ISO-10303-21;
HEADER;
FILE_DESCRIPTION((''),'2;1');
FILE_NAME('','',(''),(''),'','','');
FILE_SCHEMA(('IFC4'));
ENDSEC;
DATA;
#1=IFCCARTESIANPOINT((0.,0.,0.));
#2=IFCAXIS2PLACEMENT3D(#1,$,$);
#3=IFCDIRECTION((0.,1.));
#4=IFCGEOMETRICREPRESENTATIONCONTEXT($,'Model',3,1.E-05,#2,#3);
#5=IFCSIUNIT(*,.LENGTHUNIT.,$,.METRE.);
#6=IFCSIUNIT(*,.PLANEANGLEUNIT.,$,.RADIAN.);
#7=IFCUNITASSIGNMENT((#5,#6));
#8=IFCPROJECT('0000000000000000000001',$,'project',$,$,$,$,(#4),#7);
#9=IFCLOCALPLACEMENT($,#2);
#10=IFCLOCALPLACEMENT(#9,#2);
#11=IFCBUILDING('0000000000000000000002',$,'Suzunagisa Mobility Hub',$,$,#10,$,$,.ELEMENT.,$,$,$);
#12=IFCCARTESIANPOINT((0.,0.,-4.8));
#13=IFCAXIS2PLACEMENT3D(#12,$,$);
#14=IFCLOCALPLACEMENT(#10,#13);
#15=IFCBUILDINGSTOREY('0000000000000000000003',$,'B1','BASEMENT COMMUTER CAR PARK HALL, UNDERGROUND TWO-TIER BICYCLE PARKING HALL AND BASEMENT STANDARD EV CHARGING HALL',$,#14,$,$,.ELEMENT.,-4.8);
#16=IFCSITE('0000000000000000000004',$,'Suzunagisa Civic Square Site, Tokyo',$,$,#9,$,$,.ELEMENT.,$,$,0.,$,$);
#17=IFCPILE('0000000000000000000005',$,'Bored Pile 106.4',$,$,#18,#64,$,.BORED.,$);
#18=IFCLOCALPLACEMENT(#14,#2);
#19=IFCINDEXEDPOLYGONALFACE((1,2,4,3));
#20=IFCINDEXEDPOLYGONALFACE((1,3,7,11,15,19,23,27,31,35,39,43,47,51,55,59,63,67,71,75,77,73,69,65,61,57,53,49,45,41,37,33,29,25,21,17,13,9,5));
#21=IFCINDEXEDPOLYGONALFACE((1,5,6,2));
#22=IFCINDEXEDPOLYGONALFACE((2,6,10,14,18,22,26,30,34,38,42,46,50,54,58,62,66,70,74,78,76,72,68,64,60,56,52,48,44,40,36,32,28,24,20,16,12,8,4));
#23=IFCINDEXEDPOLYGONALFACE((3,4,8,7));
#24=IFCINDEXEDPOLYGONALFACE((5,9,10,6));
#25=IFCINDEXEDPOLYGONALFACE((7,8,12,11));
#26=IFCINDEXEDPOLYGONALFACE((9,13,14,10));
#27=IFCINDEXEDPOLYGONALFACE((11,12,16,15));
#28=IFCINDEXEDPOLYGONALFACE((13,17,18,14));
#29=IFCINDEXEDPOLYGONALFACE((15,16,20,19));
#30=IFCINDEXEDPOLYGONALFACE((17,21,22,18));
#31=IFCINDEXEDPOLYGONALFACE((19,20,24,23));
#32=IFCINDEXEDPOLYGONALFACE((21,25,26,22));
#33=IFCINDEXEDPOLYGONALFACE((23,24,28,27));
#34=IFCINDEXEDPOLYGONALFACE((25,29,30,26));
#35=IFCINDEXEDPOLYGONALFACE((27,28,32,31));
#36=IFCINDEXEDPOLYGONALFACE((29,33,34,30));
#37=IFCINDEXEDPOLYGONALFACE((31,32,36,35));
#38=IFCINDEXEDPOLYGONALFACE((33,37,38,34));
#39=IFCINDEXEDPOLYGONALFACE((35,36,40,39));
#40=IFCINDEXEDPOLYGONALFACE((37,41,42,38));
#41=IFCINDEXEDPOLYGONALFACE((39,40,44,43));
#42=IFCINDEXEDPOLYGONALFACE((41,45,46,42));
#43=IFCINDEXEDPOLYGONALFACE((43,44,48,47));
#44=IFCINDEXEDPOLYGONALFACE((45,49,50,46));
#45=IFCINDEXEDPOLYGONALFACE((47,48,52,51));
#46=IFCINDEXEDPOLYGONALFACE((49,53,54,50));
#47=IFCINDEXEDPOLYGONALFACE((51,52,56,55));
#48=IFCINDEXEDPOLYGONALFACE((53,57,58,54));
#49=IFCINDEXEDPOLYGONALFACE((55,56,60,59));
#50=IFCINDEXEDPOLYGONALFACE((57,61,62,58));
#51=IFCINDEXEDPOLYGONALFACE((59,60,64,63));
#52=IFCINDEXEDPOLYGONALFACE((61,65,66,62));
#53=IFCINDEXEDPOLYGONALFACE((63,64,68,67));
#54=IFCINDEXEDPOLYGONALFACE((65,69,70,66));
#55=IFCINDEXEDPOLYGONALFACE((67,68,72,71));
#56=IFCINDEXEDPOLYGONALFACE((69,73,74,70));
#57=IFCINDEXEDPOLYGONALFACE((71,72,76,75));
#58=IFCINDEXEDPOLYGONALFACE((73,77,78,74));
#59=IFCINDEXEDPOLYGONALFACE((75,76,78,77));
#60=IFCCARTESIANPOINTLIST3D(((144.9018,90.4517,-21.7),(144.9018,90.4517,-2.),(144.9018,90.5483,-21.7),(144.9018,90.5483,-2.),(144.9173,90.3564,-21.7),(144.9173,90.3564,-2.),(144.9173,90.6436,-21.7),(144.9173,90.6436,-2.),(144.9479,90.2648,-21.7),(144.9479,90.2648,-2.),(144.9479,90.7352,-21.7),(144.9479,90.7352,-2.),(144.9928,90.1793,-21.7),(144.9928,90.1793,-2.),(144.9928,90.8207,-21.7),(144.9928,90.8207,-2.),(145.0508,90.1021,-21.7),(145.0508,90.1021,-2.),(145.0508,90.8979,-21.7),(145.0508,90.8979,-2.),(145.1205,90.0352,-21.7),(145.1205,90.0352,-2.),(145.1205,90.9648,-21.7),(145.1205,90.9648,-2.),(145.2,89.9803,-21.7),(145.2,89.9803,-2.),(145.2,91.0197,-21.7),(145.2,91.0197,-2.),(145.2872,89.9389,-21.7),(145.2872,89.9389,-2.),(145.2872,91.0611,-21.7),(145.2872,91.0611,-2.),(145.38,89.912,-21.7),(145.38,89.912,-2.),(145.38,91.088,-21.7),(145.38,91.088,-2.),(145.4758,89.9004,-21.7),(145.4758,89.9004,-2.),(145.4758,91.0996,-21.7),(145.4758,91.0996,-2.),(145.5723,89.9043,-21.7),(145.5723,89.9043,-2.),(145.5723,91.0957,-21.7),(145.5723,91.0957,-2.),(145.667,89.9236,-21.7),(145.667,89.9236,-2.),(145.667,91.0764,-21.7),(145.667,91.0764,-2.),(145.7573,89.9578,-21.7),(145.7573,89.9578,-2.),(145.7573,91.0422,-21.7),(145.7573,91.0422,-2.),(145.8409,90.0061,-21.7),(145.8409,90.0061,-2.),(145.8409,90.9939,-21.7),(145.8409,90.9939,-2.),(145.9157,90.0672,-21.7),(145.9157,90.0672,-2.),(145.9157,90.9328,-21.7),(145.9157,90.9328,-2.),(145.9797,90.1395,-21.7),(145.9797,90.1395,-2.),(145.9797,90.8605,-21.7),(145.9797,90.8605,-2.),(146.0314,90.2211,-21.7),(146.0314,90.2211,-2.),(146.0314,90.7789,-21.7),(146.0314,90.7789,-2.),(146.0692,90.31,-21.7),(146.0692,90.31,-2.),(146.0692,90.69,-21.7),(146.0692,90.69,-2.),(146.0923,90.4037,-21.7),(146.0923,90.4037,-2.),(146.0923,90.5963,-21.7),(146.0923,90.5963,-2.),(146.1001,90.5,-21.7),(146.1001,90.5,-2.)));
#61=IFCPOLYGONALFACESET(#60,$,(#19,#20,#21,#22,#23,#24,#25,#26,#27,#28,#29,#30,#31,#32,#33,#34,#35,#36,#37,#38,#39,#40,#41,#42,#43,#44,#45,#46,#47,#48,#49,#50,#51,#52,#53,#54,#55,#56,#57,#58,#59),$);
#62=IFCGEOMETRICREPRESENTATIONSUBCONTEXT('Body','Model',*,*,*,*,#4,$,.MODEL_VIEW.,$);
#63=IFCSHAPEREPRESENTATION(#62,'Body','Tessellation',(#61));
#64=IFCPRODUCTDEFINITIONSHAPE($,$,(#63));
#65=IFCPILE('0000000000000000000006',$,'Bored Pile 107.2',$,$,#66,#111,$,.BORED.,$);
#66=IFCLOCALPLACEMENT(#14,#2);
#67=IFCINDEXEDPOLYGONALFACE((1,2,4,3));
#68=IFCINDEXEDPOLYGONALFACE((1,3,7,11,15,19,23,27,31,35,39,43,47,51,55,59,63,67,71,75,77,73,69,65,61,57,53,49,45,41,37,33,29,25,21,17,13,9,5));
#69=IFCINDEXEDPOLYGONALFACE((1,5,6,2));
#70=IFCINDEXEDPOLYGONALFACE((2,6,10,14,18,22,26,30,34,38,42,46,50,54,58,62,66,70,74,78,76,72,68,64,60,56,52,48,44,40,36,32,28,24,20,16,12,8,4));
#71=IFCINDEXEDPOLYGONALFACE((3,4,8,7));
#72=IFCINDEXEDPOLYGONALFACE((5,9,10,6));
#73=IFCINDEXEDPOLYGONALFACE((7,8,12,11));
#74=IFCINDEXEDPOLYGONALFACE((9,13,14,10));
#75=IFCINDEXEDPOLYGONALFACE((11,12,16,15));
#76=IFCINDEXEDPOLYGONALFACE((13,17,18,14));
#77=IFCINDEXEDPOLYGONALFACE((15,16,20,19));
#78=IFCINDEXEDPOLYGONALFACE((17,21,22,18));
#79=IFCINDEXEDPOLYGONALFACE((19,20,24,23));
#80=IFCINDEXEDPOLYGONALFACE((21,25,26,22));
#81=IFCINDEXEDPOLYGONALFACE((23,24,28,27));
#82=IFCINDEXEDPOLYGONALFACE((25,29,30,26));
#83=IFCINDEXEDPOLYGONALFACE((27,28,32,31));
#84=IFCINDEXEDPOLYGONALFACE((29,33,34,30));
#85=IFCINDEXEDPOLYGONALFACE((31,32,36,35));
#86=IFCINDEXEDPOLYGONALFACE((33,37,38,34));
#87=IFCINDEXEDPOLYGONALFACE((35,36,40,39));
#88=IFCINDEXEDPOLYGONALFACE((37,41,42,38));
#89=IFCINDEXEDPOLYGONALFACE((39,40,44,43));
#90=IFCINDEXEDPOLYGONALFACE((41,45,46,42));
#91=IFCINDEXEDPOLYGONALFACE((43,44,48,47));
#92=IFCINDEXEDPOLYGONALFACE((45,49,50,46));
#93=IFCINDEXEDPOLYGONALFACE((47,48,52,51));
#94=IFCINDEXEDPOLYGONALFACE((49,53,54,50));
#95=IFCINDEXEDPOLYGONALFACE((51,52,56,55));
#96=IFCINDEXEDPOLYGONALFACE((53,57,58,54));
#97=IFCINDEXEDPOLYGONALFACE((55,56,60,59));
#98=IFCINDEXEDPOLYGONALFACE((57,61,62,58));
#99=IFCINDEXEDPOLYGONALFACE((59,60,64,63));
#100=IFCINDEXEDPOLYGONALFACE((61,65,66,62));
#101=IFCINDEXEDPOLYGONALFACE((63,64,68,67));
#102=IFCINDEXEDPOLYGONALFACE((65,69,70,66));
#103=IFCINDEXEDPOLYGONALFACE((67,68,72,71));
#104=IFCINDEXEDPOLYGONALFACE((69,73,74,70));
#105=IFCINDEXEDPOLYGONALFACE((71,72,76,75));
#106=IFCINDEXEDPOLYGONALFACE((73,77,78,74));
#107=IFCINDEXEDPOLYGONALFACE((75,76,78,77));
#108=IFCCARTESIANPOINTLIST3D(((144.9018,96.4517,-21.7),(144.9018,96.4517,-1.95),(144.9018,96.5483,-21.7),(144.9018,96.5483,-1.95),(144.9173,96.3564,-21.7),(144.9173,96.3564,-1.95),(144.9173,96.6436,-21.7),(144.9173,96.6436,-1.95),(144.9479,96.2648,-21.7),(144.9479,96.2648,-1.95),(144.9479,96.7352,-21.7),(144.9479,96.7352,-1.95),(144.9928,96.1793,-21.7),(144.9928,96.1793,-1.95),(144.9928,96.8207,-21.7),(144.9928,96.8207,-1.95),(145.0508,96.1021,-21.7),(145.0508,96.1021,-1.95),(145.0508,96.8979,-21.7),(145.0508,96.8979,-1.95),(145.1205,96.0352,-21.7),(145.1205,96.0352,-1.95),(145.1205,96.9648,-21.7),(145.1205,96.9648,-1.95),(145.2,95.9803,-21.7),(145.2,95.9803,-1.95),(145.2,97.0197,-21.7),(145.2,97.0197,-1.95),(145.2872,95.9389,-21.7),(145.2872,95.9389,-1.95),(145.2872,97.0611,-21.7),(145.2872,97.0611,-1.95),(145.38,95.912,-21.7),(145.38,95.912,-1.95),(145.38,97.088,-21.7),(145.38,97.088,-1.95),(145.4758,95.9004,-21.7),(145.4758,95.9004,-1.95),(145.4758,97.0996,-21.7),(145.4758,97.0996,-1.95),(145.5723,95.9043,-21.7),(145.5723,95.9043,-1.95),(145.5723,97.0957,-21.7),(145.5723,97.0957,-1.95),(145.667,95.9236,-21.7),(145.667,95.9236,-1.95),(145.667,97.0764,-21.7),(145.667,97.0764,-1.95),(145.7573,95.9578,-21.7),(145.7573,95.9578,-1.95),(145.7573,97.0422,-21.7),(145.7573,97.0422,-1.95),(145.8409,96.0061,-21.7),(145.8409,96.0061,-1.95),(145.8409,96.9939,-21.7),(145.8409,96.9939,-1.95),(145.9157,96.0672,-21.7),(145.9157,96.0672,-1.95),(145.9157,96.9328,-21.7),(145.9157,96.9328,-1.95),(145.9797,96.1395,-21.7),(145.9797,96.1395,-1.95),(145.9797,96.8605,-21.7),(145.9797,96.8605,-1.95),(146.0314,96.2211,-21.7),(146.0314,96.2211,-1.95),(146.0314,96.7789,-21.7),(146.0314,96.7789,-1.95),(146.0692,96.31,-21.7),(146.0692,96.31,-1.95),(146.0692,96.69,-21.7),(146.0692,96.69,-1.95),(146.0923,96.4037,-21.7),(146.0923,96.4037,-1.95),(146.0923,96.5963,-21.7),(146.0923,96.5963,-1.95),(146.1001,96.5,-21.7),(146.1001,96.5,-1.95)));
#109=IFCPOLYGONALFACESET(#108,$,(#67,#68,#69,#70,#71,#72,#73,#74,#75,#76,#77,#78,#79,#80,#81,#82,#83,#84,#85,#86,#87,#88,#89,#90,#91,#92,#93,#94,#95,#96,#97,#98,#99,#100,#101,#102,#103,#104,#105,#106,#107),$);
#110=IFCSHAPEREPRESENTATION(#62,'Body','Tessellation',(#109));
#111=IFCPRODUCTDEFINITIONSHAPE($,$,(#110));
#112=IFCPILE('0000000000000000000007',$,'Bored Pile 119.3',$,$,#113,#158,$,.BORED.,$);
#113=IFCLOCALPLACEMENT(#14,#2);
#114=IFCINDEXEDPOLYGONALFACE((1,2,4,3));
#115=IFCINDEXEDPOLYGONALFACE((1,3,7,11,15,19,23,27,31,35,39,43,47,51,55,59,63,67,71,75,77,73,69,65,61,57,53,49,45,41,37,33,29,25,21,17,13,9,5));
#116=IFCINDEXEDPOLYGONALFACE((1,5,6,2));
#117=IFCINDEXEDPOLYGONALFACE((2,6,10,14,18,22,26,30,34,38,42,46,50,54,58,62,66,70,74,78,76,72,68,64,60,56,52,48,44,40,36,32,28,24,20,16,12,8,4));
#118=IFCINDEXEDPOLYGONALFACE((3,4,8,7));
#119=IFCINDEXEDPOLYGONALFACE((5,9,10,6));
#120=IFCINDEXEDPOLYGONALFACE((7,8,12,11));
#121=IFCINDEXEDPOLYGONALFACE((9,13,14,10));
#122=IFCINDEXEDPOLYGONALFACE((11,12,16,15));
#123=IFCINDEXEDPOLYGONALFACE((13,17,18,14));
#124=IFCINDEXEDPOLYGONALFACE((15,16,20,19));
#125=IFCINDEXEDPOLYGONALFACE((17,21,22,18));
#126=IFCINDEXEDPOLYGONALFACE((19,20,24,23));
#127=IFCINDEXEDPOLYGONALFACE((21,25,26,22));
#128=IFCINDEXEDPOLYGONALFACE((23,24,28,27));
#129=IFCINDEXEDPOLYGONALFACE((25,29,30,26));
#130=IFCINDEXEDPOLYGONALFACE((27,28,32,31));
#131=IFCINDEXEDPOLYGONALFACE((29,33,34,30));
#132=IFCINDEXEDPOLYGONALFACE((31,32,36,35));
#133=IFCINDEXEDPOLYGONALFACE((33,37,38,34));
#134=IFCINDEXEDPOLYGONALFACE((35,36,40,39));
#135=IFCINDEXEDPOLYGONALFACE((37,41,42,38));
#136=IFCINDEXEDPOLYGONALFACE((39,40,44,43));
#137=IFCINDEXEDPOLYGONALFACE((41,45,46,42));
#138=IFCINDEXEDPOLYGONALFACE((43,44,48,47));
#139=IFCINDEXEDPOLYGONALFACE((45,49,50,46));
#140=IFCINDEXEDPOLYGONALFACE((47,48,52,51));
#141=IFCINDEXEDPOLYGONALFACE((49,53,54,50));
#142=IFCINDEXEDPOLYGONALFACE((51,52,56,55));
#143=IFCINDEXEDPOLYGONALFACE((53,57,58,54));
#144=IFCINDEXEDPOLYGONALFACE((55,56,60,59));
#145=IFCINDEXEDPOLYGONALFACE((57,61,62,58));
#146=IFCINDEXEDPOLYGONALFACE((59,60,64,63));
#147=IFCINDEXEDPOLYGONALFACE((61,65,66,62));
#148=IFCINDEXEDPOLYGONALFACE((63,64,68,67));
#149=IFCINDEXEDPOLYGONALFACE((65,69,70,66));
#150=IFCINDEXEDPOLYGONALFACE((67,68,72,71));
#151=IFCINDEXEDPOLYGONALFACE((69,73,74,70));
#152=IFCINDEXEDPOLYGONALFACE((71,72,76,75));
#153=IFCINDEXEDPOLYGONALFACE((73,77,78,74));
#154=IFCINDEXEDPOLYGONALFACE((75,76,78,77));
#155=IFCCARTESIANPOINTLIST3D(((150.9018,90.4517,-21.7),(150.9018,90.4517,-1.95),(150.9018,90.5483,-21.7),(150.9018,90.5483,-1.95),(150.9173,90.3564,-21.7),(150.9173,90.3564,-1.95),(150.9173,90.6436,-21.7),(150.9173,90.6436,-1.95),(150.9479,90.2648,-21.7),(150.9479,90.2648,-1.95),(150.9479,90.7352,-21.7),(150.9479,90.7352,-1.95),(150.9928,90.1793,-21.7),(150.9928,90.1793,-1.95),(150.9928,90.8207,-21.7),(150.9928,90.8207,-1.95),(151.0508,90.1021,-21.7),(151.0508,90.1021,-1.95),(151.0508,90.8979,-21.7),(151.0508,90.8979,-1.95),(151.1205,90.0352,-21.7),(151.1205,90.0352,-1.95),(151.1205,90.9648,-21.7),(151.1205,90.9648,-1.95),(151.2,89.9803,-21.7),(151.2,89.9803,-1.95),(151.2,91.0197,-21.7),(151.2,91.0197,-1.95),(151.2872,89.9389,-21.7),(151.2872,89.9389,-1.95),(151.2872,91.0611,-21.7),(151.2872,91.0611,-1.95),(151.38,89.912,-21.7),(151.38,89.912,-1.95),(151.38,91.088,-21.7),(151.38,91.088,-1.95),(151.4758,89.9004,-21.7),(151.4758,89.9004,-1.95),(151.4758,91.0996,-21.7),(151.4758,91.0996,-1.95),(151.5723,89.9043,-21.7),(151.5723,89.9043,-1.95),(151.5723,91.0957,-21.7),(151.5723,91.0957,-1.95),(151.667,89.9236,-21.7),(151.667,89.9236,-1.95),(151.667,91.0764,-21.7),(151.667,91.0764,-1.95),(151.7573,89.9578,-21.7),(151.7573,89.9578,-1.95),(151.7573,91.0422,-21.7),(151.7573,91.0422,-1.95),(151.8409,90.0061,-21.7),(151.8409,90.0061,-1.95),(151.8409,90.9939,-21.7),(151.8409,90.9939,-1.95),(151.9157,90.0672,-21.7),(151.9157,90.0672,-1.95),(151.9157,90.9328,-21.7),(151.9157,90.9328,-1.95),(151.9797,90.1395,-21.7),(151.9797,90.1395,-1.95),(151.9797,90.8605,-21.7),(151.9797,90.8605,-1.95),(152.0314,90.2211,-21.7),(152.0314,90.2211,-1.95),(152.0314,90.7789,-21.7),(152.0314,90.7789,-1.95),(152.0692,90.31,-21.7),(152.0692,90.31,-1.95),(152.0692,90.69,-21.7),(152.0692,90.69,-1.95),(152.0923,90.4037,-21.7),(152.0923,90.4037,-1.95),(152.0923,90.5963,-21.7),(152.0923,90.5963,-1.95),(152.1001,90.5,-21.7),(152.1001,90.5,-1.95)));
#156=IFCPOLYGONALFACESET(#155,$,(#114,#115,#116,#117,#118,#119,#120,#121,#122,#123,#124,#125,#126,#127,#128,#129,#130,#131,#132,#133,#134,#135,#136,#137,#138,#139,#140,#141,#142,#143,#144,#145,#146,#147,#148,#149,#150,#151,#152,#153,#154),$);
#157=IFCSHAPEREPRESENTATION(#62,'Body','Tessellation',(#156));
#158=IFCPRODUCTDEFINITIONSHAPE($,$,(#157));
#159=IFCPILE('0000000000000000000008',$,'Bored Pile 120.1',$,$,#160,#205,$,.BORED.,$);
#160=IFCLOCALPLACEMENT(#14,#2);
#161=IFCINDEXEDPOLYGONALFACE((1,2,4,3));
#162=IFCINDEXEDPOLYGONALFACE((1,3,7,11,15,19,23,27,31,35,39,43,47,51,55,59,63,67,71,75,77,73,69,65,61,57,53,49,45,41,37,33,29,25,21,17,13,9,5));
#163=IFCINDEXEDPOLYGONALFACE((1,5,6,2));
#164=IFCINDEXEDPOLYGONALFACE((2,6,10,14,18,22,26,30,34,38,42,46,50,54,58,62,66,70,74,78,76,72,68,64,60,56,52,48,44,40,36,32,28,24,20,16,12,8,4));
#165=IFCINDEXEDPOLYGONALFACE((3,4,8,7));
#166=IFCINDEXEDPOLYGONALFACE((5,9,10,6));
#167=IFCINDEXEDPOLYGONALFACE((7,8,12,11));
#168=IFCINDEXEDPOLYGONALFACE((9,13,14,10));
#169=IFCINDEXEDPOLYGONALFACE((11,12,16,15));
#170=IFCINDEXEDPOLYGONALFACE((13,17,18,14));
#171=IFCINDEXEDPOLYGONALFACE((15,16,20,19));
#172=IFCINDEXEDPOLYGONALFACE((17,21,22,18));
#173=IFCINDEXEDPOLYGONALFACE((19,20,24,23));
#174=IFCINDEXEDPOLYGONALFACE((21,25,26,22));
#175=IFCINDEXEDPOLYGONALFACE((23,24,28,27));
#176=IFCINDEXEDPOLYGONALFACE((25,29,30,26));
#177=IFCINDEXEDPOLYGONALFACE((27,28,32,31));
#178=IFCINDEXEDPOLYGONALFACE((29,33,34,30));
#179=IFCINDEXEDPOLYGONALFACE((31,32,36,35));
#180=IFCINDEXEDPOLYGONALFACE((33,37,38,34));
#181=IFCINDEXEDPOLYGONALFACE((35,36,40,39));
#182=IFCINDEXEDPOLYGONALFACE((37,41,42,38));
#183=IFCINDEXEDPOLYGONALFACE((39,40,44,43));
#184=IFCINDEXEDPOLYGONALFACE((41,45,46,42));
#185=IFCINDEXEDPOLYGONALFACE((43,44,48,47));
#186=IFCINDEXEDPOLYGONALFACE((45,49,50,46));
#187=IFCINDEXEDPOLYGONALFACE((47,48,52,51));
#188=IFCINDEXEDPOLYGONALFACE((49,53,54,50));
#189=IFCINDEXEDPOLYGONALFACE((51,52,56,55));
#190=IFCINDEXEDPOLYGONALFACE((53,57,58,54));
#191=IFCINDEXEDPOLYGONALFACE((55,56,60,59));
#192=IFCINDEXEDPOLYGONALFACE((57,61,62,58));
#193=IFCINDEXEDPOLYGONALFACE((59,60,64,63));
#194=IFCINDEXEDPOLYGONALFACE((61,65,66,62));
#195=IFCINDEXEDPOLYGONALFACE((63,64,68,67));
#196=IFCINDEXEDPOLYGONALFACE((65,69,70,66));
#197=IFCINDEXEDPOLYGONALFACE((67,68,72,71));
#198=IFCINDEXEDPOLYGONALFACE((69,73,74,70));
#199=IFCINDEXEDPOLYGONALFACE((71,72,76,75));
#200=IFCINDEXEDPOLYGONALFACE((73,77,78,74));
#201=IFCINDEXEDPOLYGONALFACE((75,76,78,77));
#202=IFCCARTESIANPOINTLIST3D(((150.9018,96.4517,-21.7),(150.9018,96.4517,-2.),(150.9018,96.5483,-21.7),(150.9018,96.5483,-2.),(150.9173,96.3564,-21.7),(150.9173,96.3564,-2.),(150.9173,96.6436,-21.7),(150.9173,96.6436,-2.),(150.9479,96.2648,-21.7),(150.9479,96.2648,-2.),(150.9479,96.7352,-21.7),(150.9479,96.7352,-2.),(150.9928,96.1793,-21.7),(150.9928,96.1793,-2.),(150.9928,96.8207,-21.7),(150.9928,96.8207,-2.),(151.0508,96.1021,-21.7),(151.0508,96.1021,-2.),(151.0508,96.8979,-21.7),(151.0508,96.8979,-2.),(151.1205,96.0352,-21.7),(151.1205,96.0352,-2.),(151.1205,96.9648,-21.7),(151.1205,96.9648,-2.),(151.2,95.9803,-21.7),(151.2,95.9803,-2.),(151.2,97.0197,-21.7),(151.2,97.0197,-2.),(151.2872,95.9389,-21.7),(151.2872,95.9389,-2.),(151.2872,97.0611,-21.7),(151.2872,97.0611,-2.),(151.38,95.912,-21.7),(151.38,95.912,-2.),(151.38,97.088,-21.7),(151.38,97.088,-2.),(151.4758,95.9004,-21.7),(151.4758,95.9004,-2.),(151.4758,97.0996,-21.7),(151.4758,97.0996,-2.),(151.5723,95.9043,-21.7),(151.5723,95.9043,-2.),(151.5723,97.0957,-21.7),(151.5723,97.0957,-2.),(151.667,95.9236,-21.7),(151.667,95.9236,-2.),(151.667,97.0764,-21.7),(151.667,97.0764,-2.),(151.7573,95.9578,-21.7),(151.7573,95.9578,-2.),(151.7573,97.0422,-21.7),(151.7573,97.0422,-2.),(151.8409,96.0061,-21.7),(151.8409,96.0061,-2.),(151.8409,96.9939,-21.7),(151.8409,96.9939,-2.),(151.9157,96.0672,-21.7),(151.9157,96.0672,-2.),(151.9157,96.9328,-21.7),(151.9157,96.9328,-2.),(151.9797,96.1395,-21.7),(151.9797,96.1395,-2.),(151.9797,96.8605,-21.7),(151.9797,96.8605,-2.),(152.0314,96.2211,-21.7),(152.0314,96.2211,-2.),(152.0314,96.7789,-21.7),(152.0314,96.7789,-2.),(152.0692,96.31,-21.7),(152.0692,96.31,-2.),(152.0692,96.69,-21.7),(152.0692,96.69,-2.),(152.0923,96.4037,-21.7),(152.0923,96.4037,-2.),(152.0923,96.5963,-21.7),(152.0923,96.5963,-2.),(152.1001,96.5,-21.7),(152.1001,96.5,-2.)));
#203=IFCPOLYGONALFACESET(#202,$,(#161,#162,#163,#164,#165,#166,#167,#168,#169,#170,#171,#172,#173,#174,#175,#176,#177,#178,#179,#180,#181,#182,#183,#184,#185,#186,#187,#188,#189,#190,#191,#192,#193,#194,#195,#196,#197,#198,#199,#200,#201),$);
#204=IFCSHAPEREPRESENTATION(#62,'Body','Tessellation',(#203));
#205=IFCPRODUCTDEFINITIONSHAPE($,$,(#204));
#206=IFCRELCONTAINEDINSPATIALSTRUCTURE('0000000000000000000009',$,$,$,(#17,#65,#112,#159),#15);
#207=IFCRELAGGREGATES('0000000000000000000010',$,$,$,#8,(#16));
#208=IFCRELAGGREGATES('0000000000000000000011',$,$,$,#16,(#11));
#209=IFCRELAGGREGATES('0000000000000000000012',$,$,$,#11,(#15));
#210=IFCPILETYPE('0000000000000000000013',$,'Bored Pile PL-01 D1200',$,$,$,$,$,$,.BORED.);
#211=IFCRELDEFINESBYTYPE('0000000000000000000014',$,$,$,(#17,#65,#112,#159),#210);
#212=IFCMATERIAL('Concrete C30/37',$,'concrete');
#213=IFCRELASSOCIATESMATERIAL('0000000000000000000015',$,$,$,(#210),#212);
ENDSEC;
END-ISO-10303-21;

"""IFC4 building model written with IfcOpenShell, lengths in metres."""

from ifc_helpers import new_model, si_unit, direction, frame, origin, origin_2d, place, context, subcontext, project, spatial, circle, extrude, material, material_profile, profile_set, type_object, element, save


model = new_model("IFC4")

# Units and contexts
model_context = context("Model", 3, precision=1e-05, world=origin(), true_north=direction((0.0, 1.0)))
body_context = subcontext(model_context, "Body", "Model", "MODEL_VIEW")
ifc_project = project(units=[si_unit("LENGTHUNIT", "METRE"), si_unit("PLANEANGLEUNIT", "RADIAN")], contexts=[model_context])

# Site, building, storey
site_placement = place(None, origin())
site = spatial("IfcSite", under=ifc_project, at=site_placement, Name="Suzunagisa Civic Square Site, Tokyo", CompositionType="ELEMENT", RefElevation=0.0)
building_placement = place(site_placement, origin())
building = spatial("IfcBuilding", under=site, at=building_placement, Name="Suzunagisa Mobility Hub", CompositionType="ELEMENT")
storey_placement = place(building_placement, frame((0.0, 0.0, -4.8)))
storey = spatial("IfcBuildingStorey", under=building, at=storey_placement, Name="B1", Description="BASEMENT COMMUTER CAR PARK HALL, UNDERGROUND TWO-TIER BICYCLE PARKING HALL AND BASEMENT STANDARD EV CHARGING HALL", CompositionType="ELEMENT", Elevation=-4.8)

# Piles
ifc_material_1 = material(Name="Concrete C30/37", Category="concrete")
ifc_material_profile_1 = material_profile(ifc_material_1, circle(Radius=0.6001, at=origin_2d()), Name="BORED PILE D1200")
ifc_profile_set_1 = profile_set([ifc_material_profile_1], Name="Concrete C30/37")
pile_type = type_object("IfcPileType", Name="Bored Pile PL-01 D1200", PredefinedType="BORED", material=ifc_profile_set_1)
pile_1_placement = place(storey_placement, frame((145.5, 90.5, -2.0), z_axis=(0.0, 0.0, -1.0), x_axis=(1.0, 0.0, 0.0)))
element("IfcPile", 1, at=pile_1_placement, inside=storey, type_object=pile_type, Name="Bored Pile 106.4", PredefinedType="BORED", context=body_context, shape_type="SweptSolid", body=[
    extrude(circle(Radius=0.6001, at=origin_2d()), origin(), (0.0, 0.0, 1.0), 19.7),
])
for number, where, z_axis, x_axis, name in (
    (2, (145.5, 96.5, -1.95), (0.0, 0.0, -1.0), (1.0, 0.0, 0.0), "Bored Pile 107.2"),
    (3, (151.5, 90.5, -1.95), (0.0, 0.0, -1.0), (1.0, 0.0, 0.0), "Bored Pile 119.3"),
):
    element("IfcPile", number, at=place(storey_placement, frame(where, z_axis=z_axis, x_axis=x_axis)), inside=storey, type_object=pile_type, Name=name, PredefinedType="BORED", context=body_context, shape_type="SweptSolid", body=[
        extrude(circle(Radius=0.6001, at=origin_2d()), origin(), (0.0, 0.0, 1.0), 19.75),
    ])
pile_2_placement = place(storey_placement, frame((151.5, 96.5, -2.0), z_axis=(0.0, 0.0, -1.0), x_axis=(1.0, 0.0, 0.0)))
element("IfcPile", 4, at=pile_2_placement, inside=storey, type_object=pile_type, Name="Bored Pile 120.1", PredefinedType="BORED", context=body_context, shape_type="SweptSolid", body=[
    extrude(circle(Radius=0.6001, at=origin_2d()), origin(), (0.0, 0.0, 1.0), 19.7),
])

save(model, "model.ifc")
